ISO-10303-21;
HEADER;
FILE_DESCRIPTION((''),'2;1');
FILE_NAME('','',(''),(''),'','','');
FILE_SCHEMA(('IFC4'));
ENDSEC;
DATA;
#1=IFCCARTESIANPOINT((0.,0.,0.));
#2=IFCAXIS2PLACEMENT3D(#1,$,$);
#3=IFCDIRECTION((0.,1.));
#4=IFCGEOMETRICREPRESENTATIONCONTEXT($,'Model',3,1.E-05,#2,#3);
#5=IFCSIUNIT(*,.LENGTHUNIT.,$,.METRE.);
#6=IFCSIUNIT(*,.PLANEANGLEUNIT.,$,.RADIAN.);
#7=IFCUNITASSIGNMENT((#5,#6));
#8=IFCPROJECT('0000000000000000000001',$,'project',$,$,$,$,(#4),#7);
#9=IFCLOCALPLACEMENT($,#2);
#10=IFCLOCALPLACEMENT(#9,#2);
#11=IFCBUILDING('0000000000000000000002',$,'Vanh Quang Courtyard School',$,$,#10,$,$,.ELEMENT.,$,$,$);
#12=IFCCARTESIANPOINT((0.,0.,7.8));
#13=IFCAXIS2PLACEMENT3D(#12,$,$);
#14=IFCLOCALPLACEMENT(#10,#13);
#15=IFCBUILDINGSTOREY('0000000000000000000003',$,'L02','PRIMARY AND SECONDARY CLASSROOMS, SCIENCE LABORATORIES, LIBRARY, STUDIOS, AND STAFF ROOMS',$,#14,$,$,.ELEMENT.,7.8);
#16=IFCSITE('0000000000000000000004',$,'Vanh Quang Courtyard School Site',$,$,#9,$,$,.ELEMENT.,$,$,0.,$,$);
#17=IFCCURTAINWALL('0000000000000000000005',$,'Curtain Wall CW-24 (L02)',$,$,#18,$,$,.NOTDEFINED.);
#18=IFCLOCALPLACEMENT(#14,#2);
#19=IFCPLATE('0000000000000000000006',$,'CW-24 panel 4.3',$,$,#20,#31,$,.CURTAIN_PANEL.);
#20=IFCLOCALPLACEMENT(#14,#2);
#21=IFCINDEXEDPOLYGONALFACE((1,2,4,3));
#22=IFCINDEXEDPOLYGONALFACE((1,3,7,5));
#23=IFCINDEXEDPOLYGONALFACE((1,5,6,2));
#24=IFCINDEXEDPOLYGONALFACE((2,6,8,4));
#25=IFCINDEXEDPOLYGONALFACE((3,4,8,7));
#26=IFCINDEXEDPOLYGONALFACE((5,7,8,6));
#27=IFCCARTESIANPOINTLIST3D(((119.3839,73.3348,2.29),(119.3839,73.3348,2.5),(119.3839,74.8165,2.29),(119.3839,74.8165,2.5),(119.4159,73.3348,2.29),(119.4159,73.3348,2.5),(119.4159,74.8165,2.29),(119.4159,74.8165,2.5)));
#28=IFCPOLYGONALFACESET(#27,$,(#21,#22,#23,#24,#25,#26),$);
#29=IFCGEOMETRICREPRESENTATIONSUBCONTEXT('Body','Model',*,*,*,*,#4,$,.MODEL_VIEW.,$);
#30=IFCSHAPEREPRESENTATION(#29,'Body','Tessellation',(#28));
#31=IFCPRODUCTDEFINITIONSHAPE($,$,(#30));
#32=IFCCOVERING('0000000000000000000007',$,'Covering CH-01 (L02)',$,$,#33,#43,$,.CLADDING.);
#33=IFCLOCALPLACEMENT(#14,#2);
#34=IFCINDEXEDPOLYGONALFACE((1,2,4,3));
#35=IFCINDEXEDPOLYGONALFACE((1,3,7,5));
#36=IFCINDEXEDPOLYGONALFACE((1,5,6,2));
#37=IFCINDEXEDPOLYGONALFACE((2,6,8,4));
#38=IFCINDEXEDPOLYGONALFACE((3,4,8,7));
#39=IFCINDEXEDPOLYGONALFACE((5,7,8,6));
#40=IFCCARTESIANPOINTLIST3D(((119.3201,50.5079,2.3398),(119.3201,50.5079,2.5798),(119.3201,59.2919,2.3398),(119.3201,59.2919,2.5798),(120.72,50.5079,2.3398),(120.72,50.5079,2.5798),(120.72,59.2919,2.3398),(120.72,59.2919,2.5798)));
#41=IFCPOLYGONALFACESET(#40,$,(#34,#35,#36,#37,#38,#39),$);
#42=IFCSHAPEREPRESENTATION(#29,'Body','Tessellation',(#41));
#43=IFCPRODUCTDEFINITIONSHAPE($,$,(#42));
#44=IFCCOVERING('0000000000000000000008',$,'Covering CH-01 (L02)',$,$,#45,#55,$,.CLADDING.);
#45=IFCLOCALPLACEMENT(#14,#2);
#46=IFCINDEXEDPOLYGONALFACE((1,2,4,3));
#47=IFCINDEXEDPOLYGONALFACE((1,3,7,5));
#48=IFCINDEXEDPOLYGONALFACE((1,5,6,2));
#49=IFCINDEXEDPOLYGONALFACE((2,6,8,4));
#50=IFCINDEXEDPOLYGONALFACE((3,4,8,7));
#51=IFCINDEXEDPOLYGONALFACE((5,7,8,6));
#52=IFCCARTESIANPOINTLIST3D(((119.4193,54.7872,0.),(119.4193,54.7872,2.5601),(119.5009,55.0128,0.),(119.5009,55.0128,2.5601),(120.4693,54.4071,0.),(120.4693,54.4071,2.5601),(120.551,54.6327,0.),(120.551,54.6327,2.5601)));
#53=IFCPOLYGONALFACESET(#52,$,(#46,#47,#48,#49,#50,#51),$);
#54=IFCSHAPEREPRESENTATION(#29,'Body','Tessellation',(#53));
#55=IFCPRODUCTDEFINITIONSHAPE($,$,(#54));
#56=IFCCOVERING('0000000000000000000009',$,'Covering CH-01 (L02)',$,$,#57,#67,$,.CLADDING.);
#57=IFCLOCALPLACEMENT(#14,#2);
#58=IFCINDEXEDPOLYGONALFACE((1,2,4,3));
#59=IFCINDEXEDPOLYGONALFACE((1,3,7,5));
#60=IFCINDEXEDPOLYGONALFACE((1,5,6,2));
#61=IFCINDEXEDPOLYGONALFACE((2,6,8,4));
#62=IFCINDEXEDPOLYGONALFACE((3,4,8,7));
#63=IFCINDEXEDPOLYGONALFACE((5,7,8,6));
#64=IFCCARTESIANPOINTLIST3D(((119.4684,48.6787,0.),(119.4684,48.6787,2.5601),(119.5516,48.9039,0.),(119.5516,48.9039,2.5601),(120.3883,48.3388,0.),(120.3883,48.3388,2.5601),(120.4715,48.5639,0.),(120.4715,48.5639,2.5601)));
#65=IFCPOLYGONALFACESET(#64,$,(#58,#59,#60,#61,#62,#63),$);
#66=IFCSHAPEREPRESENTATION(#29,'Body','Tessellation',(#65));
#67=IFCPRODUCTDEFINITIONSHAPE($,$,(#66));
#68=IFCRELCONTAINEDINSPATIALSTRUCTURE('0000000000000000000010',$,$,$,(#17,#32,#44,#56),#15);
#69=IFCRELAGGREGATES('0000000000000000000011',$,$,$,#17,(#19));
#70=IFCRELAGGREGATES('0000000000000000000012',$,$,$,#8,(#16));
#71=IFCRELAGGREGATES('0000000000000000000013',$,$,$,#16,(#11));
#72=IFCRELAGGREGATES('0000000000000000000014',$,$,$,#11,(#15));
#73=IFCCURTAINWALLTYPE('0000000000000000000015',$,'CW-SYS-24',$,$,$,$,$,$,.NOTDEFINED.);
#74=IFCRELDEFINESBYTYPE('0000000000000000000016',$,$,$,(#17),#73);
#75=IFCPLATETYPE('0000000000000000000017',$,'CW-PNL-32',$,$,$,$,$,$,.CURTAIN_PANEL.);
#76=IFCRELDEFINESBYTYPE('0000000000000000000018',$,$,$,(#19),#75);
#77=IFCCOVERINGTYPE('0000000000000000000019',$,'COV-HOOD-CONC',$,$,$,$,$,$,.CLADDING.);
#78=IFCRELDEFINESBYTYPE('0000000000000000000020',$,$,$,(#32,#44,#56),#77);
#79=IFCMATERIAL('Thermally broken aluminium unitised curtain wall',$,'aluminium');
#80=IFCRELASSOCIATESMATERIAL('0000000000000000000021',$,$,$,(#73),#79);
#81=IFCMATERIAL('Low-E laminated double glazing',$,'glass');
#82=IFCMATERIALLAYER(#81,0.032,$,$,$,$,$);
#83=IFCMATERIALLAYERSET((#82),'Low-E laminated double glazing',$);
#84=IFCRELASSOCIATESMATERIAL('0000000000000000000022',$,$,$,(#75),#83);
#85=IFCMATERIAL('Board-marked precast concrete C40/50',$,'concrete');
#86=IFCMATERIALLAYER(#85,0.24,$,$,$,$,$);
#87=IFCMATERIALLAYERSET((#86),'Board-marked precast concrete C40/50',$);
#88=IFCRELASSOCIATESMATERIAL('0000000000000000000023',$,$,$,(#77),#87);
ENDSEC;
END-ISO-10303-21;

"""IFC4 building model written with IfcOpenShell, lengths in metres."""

from ifc_helpers import new_model, si_unit, direction, frame, origin, origin_2d, place, context, subcontext, project, spatial, rectangle, extrude, material, layer, layer_set, type_object, element, aggregate, save


model = new_model("IFC4")

# Units and contexts
model_context = context("Model", 3, precision=1e-05, world=origin(), true_north=direction((0.0, 1.0)))
body_context = subcontext(model_context, "Body", "Model", "MODEL_VIEW")
ifc_project = project(units=[si_unit("LENGTHUNIT", "METRE"), si_unit("PLANEANGLEUNIT", "RADIAN")], contexts=[model_context])

# Site, building, storey
site_placement = place(None, origin())
site = spatial("IfcSite", under=ifc_project, at=site_placement, Name="Vanh Quang Courtyard School Site", CompositionType="ELEMENT", RefElevation=0.0)
building_placement = place(site_placement, origin())
building = spatial("IfcBuilding", under=site, at=building_placement, Name="Vanh Quang Courtyard School", CompositionType="ELEMENT")
storey_placement = place(building_placement, frame((0.0, 0.0, 7.8)))
storey = spatial("IfcBuildingStorey", under=building, at=storey_placement, Name="L02", Description="PRIMARY AND SECONDARY CLASSROOMS, SCIENCE LABORATORIES, LIBRARY, STUDIOS, AND STAFF ROOMS", CompositionType="ELEMENT", Elevation=7.8)

# Curtain wall, plate
ifc_material_1 = material(Name="Thermally broken aluminium unitised curtain wall", Category="aluminium")
curtain_wall_type = type_object("IfcCurtainWallType", Name="CW-SYS-24", PredefinedType="NOTDEFINED", material=ifc_material_1)
curtain_wall_placement = place(storey_placement, origin())
curtain_wall = element("IfcCurtainWall", 1, at=curtain_wall_placement, inside=storey, type_object=curtain_wall_type, Name="Curtain Wall CW-24 (L02)", PredefinedType="NOTDEFINED")
ifc_material_2 = material(Name="Low-E laminated double glazing", Category="glass")
ifc_layer_1 = layer(ifc_material_2, 0.032)
ifc_layer_set_1 = layer_set([ifc_layer_1], Name="Low-E laminated double glazing")
plate_type = type_object("IfcPlateType", Name="CW-PNL-32", PredefinedType="CURTAIN_PANEL", material=ifc_layer_set_1)
plate_1_placement = place(storey_placement, frame((119.3999, 74.0757, 2.29), z_axis=(0.0, 0.0, 1.0), x_axis=(0.0, -1.0, 0.0)))
plate_1 = element("IfcPlate", 2, at=plate_1_placement, type_object=plate_type, Name="CW-24 panel 4.3", PredefinedType="CURTAIN_PANEL", context=body_context, shape_type="SweptSolid", body=[
    extrude(rectangle(XDim=1.4817, YDim=0.032, at=origin_2d()), origin(), (0.0, 0.0, 1.0), 0.21),
])
aggregate(curtain_wall, [plate_1])

# Coverings
ifc_material_3 = material(Name="Board-marked precast concrete C40/50", Category="concrete")
ifc_layer_2 = layer(ifc_material_3, 0.24)
ifc_layer_set_2 = layer_set([ifc_layer_2], Name="Board-marked precast concrete C40/50")
covering_type = type_object("IfcCoveringType", Name="COV-HOOD-CONC", PredefinedType="CLADDING", material=ifc_layer_set_2)
covering_1_placement = place(storey_placement, frame((120.02, 54.8999, 2.3398), z_axis=(0.0, 0.0, 1.0), x_axis=(0.0, -1.0, 0.0)))
element("IfcCovering", 3, at=covering_1_placement, inside=storey, type_object=covering_type, Name="Covering CH-01 (L02)", PredefinedType="CLADDING", context=body_context, shape_type="SweptSolid", body=[
    extrude(rectangle(XDim=8.7839, YDim=1.3999, at=origin_2d()), origin(), (0.0, 0.0, 1.0), 0.24),
])
covering_2_placement = place(storey_placement, frame((119.9851, 54.71, 0.0), z_axis=(0.0, 0.0, 1.0), x_axis=(0.940288, -0.34038, 0.0)))
element("IfcCovering", 4, at=covering_2_placement, inside=storey, type_object=covering_type, Name="Covering CH-01 (L02)", PredefinedType="CLADDING", context=body_context, shape_type="SweptSolid", body=[
    extrude(rectangle(XDim=1.1167, YDim=0.24, at=origin_2d()), origin(), (0.0, 0.0, 1.0), 2.5601),
])
covering_3_placement = place(storey_placement, frame((119.97, 48.6213, 0.0), z_axis=(0.0, 0.0, 1.0), x_axis=(0.93801, -0.346608, 0.0)))
element("IfcCovering", 5, at=covering_3_placement, inside=storey, type_object=covering_type, Name="Covering CH-01 (L02)", PredefinedType="CLADDING", context=body_context, shape_type="SweptSolid", body=[
    extrude(rectangle(XDim=0.9807, YDim=0.24, at=origin_2d()), origin(), (0.0, 0.0, 1.0), 2.5601),
])

save(model, "model.ifc")
